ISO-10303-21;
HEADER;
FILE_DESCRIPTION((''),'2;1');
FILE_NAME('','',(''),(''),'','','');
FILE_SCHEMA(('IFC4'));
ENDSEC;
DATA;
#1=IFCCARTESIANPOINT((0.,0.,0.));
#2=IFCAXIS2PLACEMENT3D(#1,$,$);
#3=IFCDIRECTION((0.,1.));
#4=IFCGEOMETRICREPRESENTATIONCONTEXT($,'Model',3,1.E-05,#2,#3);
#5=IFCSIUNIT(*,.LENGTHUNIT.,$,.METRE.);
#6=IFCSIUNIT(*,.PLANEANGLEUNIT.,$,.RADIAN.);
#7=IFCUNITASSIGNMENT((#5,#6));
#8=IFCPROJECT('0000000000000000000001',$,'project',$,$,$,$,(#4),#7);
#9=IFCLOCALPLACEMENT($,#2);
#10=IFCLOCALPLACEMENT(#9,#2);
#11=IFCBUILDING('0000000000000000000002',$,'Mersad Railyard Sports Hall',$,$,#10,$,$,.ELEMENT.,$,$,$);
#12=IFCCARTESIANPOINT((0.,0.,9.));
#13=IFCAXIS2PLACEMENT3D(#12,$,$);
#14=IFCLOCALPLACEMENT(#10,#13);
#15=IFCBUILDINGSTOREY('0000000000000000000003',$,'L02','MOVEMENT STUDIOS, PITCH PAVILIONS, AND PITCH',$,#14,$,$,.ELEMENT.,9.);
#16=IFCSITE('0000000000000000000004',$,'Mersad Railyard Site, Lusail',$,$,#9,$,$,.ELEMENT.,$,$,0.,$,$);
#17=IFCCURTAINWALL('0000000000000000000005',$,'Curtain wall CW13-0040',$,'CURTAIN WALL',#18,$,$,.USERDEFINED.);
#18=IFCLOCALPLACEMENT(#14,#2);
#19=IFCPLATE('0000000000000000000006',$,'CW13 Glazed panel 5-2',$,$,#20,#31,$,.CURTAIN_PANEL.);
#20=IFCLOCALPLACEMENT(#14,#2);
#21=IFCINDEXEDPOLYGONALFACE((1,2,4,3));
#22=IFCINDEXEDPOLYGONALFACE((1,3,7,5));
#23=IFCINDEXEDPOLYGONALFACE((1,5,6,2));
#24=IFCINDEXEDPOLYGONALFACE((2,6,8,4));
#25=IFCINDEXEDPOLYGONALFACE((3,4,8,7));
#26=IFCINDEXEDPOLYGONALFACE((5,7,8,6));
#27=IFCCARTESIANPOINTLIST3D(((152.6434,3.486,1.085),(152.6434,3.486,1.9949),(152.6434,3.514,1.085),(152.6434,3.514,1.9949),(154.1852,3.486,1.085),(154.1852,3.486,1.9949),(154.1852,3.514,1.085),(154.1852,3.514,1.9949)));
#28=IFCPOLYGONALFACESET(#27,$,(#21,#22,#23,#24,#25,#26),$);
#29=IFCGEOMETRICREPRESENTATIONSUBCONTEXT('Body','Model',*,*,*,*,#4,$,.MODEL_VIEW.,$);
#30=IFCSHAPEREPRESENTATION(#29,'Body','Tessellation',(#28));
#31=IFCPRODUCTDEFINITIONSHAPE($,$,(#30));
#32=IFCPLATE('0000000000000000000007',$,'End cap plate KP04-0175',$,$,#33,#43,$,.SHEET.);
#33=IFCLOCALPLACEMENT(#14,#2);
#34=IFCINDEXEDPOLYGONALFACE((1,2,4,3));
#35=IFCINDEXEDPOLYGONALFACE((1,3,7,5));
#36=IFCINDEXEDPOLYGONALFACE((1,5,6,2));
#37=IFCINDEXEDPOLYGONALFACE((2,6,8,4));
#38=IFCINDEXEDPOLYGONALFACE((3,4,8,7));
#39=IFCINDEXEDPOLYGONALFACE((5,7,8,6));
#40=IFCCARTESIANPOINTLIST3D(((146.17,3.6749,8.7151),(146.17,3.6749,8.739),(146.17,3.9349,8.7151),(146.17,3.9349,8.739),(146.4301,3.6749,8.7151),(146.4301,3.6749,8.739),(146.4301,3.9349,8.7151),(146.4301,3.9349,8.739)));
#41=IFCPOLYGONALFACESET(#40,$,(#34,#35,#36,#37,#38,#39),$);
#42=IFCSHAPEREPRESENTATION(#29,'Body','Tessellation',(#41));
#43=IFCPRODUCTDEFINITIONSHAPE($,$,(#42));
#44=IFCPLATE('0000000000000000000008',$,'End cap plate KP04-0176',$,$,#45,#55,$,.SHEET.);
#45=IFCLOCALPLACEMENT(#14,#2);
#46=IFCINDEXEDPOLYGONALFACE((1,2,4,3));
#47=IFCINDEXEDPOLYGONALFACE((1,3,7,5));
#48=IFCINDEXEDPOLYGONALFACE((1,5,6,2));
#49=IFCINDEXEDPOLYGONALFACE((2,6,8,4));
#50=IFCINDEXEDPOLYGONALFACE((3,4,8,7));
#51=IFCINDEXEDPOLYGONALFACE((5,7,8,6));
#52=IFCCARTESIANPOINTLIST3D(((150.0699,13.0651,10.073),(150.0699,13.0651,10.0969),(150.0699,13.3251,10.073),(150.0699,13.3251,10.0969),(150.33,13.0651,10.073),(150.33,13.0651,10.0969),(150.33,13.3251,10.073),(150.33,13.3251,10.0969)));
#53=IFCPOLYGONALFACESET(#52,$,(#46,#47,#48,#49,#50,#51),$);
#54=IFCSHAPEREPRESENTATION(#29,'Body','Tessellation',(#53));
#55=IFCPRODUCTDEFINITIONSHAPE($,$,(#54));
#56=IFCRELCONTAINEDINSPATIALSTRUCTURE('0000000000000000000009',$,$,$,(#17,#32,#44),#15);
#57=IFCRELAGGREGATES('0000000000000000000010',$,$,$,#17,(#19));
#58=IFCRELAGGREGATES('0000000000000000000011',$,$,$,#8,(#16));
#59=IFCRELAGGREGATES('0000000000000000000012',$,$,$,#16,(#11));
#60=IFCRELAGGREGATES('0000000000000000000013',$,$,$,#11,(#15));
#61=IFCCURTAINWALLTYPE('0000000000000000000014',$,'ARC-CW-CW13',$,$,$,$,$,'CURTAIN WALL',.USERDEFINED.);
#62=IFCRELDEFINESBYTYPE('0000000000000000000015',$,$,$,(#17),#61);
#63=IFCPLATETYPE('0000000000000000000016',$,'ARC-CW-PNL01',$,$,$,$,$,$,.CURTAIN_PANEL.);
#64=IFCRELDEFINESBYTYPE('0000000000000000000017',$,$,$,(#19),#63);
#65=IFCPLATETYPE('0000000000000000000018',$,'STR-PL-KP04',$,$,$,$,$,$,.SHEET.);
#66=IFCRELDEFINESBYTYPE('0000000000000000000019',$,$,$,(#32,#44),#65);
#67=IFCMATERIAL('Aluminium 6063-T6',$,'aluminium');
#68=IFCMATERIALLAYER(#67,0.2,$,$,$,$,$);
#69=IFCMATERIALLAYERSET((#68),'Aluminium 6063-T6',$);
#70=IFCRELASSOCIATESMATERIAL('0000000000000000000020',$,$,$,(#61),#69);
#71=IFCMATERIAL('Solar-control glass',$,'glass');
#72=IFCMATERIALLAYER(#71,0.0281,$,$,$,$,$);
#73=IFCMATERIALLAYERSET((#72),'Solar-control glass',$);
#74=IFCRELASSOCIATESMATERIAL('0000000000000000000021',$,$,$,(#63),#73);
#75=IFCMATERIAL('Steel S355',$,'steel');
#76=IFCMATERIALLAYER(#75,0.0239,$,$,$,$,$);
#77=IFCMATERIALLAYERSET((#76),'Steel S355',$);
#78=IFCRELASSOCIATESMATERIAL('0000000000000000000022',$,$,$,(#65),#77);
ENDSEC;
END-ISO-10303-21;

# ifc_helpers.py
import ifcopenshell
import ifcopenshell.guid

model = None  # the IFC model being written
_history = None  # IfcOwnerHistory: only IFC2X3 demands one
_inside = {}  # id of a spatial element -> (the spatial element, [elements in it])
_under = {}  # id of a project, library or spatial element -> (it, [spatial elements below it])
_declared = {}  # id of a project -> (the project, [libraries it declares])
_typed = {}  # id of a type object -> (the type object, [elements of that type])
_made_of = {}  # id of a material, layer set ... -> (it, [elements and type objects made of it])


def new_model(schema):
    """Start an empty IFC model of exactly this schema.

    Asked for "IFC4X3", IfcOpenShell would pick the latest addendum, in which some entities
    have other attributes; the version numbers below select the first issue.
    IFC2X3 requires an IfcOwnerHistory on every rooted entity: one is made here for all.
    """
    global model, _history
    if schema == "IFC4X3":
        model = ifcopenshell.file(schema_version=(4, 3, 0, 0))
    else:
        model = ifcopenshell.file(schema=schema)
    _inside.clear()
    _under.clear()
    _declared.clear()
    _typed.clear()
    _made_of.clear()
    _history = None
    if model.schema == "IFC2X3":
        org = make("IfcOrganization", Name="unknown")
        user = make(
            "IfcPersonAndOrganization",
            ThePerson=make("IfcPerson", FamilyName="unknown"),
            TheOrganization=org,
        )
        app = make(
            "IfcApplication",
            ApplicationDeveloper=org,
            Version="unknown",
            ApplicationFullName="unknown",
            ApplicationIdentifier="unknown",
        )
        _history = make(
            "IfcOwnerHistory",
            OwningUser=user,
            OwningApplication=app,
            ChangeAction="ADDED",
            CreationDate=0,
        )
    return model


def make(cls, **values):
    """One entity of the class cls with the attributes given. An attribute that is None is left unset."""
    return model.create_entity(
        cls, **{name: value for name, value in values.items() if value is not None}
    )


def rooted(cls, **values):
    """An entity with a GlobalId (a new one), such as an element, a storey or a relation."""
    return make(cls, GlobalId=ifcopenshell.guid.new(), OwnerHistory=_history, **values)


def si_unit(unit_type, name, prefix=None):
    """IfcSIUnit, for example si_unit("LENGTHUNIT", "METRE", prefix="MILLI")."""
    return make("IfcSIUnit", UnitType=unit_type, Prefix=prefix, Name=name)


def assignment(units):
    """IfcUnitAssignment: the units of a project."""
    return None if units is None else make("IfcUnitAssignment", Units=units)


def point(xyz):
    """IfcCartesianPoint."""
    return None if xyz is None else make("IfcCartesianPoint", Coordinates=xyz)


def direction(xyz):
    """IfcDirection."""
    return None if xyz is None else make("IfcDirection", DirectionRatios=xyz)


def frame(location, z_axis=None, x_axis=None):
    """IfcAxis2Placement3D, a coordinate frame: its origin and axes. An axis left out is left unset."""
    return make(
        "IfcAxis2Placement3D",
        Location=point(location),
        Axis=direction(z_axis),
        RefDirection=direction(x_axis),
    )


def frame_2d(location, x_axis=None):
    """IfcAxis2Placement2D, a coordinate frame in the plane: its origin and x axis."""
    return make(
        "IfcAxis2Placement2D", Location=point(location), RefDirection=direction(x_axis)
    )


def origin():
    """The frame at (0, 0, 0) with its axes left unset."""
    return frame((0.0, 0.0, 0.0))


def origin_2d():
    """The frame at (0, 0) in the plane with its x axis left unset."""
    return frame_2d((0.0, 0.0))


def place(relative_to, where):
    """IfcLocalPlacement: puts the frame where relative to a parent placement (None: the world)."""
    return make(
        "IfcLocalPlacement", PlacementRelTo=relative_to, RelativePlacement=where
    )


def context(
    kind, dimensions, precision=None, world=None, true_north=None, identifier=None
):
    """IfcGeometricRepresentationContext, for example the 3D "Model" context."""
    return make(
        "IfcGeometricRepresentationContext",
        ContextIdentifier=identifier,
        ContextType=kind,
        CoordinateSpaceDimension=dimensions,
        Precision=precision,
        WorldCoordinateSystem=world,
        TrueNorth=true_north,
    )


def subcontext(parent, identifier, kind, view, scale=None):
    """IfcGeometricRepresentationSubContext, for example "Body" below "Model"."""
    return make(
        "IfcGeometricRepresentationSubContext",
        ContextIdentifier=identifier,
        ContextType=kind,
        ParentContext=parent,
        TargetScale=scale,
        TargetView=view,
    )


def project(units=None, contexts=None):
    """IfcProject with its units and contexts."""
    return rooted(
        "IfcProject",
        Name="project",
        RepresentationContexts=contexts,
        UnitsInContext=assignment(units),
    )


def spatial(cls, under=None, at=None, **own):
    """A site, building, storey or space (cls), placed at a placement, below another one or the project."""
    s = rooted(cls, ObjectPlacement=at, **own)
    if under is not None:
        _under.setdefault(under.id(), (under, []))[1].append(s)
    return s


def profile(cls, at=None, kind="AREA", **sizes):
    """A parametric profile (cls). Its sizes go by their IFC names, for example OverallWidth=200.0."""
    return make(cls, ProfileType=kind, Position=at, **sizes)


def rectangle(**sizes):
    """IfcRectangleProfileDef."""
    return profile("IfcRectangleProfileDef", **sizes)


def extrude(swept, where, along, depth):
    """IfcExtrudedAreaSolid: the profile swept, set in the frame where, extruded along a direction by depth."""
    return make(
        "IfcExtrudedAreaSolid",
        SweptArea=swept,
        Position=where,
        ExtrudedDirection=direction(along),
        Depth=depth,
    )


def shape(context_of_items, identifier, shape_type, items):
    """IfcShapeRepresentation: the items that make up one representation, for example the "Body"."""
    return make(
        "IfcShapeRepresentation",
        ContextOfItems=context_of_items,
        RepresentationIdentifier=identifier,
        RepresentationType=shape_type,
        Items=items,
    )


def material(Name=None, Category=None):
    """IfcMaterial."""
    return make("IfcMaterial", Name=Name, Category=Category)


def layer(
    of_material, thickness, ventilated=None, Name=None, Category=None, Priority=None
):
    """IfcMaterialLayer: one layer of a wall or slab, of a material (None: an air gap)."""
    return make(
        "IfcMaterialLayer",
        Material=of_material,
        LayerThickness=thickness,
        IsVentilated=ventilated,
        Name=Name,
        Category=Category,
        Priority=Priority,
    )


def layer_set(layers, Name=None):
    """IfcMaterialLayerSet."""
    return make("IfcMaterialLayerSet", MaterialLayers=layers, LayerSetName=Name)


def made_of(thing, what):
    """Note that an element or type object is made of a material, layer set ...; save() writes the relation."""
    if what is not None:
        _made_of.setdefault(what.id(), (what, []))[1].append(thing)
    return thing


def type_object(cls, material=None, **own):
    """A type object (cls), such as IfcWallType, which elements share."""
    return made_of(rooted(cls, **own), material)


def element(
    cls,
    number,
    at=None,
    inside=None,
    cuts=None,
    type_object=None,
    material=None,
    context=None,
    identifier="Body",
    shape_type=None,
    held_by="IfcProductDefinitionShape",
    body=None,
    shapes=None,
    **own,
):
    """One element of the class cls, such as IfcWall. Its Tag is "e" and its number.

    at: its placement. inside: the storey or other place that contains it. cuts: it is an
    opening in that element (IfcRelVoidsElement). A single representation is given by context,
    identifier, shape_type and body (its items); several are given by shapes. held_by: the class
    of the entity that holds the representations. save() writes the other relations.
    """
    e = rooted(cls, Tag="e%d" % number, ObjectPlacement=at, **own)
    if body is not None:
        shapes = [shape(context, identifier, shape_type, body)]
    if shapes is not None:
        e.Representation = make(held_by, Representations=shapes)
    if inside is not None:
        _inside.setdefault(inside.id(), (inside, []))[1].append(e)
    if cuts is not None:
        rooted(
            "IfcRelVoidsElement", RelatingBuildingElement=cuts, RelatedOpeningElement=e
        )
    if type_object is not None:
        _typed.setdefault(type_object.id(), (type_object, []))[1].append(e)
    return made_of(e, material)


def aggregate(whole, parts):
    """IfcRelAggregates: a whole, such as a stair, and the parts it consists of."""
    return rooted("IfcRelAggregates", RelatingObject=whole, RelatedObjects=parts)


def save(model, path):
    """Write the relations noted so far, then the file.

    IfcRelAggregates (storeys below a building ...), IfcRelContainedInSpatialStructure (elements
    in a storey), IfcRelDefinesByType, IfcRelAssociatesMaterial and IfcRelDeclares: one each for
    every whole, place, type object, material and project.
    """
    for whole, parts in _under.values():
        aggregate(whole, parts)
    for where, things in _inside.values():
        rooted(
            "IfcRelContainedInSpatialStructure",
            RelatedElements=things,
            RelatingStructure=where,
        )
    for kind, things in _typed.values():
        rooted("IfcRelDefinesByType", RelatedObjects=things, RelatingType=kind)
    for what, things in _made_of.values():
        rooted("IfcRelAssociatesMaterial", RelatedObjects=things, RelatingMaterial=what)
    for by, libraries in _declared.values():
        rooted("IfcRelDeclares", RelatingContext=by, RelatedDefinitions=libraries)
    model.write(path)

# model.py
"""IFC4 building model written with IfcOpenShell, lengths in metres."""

from ifc_helpers import new_model, si_unit, direction, frame, origin, origin_2d, place, context, subcontext, project, spatial, rectangle, extrude, material, layer, layer_set, type_object, element, aggregate, save


model = new_model("IFC4")

# Units and contexts
model_context = context("Model", 3, precision=1e-05, world=origin(), true_north=direction((0.0, 1.0)))
body_context = subcontext(model_context, "Body", "Model", "MODEL_VIEW")
ifc_project = project(units=[si_unit("LENGTHUNIT", "METRE"), si_unit("PLANEANGLEUNIT", "RADIAN")], contexts=[model_context])

# Site, building, storey
site_placement = place(None, origin())
site = spatial("IfcSite", under=ifc_project, at=site_placement, Name="Mersad Railyard Site, Lusail", CompositionType="ELEMENT", RefElevation=0.0)
building_placement = place(site_placement, origin())
building = spatial("IfcBuilding", under=site, at=building_placement, Name="Mersad Railyard Sports Hall", CompositionType="ELEMENT")
storey_placement = place(building_placement, frame((0.0, 0.0, 9.0)))
storey = spatial("IfcBuildingStorey", under=building, at=storey_placement, Name="L02", Description="MOVEMENT STUDIOS, PITCH PAVILIONS, AND PITCH", CompositionType="ELEMENT", Elevation=9.0)

# Curtain wall
ifc_material_1 = material(Name="Aluminium 6063-T6", Category="aluminium")
ifc_layer_1 = layer(ifc_material_1, 0.2)
ifc_layer_set_1 = layer_set([ifc_layer_1], Name="Aluminium 6063-T6")
curtain_wall_type = type_object("IfcCurtainWallType", Name="ARC-CW-CW13", ElementType="CURTAIN WALL", PredefinedType="USERDEFINED", material=ifc_layer_set_1)
curtain_wall_placement = place(storey_placement, origin())
curtain_wall = element("IfcCurtainWall", 1, at=curtain_wall_placement, inside=storey, type_object=curtain_wall_type, Name="Curtain wall CW13-0040", ObjectType="CURTAIN WALL", PredefinedType="USERDEFINED")

# Shared definitions
ifc_material_2 = material(Name="Steel S355", Category="steel")

# Plate
ifc_material_3 = material(Name="Solar-control glass", Category="glass")
ifc_layer_2 = layer(ifc_material_3, 0.0281)
ifc_layer_set_2 = layer_set([ifc_layer_2], Name="Solar-control glass")
plate_type_1 = type_object("IfcPlateType", Name="ARC-CW-PNL01", PredefinedType="CURTAIN_PANEL", material=ifc_layer_set_2)
plate_1_placement = place(storey_placement, frame((153.4143, 3.5, 1.085), z_axis=(0.0, 0.0, 1.0), x_axis=(-1.0, 0.0, 0.0)))
plate_1 = element("IfcPlate", 2, at=plate_1_placement, type_object=plate_type_1, Name="CW13 Glazed panel 5-2", PredefinedType="CURTAIN_PANEL", context=body_context, shape_type="SweptSolid", body=[
    extrude(rectangle(XDim=1.5417, YDim=0.0281, at=origin_2d()), origin(), (0.0, 0.0, 1.0), 0.9099),
])
aggregate(curtain_wall, [plate_1])

# Plates
ifc_layer_3 = layer(ifc_material_2, 0.0239)
ifc_layer_set_3 = layer_set([ifc_layer_3], Name="Steel S355")
plate_type_2 = type_object("IfcPlateType", Name="STR-PL-KP04", PredefinedType="SHEET", material=ifc_layer_set_3)
for number, where, z_axis, x_axis, name in (
    (3, (146.3, 3.8049, 8.7151), (0.0, 0.0, 1.0), (1.0, 0.0, 0.0), "End cap plate KP04-0175"),
    (4, (150.2, 13.1951, 10.073), (0.0, 0.0, 1.0), (1.0, 0.0, 0.0), "End cap plate KP04-0176"),
):
    element("IfcPlate", number, at=place(storey_placement, frame(where, z_axis=z_axis, x_axis=x_axis)), inside=storey, type_object=plate_type_2, Name=name, PredefinedType="SHEET", context=body_context, shape_type="SweptSolid", body=[
        extrude(rectangle(XDim=0.26, YDim=0.26, at=origin_2d()), origin(), (0.0, 0.0, 1.0), 0.0239),
    ])

save(model, "model.ifc")
